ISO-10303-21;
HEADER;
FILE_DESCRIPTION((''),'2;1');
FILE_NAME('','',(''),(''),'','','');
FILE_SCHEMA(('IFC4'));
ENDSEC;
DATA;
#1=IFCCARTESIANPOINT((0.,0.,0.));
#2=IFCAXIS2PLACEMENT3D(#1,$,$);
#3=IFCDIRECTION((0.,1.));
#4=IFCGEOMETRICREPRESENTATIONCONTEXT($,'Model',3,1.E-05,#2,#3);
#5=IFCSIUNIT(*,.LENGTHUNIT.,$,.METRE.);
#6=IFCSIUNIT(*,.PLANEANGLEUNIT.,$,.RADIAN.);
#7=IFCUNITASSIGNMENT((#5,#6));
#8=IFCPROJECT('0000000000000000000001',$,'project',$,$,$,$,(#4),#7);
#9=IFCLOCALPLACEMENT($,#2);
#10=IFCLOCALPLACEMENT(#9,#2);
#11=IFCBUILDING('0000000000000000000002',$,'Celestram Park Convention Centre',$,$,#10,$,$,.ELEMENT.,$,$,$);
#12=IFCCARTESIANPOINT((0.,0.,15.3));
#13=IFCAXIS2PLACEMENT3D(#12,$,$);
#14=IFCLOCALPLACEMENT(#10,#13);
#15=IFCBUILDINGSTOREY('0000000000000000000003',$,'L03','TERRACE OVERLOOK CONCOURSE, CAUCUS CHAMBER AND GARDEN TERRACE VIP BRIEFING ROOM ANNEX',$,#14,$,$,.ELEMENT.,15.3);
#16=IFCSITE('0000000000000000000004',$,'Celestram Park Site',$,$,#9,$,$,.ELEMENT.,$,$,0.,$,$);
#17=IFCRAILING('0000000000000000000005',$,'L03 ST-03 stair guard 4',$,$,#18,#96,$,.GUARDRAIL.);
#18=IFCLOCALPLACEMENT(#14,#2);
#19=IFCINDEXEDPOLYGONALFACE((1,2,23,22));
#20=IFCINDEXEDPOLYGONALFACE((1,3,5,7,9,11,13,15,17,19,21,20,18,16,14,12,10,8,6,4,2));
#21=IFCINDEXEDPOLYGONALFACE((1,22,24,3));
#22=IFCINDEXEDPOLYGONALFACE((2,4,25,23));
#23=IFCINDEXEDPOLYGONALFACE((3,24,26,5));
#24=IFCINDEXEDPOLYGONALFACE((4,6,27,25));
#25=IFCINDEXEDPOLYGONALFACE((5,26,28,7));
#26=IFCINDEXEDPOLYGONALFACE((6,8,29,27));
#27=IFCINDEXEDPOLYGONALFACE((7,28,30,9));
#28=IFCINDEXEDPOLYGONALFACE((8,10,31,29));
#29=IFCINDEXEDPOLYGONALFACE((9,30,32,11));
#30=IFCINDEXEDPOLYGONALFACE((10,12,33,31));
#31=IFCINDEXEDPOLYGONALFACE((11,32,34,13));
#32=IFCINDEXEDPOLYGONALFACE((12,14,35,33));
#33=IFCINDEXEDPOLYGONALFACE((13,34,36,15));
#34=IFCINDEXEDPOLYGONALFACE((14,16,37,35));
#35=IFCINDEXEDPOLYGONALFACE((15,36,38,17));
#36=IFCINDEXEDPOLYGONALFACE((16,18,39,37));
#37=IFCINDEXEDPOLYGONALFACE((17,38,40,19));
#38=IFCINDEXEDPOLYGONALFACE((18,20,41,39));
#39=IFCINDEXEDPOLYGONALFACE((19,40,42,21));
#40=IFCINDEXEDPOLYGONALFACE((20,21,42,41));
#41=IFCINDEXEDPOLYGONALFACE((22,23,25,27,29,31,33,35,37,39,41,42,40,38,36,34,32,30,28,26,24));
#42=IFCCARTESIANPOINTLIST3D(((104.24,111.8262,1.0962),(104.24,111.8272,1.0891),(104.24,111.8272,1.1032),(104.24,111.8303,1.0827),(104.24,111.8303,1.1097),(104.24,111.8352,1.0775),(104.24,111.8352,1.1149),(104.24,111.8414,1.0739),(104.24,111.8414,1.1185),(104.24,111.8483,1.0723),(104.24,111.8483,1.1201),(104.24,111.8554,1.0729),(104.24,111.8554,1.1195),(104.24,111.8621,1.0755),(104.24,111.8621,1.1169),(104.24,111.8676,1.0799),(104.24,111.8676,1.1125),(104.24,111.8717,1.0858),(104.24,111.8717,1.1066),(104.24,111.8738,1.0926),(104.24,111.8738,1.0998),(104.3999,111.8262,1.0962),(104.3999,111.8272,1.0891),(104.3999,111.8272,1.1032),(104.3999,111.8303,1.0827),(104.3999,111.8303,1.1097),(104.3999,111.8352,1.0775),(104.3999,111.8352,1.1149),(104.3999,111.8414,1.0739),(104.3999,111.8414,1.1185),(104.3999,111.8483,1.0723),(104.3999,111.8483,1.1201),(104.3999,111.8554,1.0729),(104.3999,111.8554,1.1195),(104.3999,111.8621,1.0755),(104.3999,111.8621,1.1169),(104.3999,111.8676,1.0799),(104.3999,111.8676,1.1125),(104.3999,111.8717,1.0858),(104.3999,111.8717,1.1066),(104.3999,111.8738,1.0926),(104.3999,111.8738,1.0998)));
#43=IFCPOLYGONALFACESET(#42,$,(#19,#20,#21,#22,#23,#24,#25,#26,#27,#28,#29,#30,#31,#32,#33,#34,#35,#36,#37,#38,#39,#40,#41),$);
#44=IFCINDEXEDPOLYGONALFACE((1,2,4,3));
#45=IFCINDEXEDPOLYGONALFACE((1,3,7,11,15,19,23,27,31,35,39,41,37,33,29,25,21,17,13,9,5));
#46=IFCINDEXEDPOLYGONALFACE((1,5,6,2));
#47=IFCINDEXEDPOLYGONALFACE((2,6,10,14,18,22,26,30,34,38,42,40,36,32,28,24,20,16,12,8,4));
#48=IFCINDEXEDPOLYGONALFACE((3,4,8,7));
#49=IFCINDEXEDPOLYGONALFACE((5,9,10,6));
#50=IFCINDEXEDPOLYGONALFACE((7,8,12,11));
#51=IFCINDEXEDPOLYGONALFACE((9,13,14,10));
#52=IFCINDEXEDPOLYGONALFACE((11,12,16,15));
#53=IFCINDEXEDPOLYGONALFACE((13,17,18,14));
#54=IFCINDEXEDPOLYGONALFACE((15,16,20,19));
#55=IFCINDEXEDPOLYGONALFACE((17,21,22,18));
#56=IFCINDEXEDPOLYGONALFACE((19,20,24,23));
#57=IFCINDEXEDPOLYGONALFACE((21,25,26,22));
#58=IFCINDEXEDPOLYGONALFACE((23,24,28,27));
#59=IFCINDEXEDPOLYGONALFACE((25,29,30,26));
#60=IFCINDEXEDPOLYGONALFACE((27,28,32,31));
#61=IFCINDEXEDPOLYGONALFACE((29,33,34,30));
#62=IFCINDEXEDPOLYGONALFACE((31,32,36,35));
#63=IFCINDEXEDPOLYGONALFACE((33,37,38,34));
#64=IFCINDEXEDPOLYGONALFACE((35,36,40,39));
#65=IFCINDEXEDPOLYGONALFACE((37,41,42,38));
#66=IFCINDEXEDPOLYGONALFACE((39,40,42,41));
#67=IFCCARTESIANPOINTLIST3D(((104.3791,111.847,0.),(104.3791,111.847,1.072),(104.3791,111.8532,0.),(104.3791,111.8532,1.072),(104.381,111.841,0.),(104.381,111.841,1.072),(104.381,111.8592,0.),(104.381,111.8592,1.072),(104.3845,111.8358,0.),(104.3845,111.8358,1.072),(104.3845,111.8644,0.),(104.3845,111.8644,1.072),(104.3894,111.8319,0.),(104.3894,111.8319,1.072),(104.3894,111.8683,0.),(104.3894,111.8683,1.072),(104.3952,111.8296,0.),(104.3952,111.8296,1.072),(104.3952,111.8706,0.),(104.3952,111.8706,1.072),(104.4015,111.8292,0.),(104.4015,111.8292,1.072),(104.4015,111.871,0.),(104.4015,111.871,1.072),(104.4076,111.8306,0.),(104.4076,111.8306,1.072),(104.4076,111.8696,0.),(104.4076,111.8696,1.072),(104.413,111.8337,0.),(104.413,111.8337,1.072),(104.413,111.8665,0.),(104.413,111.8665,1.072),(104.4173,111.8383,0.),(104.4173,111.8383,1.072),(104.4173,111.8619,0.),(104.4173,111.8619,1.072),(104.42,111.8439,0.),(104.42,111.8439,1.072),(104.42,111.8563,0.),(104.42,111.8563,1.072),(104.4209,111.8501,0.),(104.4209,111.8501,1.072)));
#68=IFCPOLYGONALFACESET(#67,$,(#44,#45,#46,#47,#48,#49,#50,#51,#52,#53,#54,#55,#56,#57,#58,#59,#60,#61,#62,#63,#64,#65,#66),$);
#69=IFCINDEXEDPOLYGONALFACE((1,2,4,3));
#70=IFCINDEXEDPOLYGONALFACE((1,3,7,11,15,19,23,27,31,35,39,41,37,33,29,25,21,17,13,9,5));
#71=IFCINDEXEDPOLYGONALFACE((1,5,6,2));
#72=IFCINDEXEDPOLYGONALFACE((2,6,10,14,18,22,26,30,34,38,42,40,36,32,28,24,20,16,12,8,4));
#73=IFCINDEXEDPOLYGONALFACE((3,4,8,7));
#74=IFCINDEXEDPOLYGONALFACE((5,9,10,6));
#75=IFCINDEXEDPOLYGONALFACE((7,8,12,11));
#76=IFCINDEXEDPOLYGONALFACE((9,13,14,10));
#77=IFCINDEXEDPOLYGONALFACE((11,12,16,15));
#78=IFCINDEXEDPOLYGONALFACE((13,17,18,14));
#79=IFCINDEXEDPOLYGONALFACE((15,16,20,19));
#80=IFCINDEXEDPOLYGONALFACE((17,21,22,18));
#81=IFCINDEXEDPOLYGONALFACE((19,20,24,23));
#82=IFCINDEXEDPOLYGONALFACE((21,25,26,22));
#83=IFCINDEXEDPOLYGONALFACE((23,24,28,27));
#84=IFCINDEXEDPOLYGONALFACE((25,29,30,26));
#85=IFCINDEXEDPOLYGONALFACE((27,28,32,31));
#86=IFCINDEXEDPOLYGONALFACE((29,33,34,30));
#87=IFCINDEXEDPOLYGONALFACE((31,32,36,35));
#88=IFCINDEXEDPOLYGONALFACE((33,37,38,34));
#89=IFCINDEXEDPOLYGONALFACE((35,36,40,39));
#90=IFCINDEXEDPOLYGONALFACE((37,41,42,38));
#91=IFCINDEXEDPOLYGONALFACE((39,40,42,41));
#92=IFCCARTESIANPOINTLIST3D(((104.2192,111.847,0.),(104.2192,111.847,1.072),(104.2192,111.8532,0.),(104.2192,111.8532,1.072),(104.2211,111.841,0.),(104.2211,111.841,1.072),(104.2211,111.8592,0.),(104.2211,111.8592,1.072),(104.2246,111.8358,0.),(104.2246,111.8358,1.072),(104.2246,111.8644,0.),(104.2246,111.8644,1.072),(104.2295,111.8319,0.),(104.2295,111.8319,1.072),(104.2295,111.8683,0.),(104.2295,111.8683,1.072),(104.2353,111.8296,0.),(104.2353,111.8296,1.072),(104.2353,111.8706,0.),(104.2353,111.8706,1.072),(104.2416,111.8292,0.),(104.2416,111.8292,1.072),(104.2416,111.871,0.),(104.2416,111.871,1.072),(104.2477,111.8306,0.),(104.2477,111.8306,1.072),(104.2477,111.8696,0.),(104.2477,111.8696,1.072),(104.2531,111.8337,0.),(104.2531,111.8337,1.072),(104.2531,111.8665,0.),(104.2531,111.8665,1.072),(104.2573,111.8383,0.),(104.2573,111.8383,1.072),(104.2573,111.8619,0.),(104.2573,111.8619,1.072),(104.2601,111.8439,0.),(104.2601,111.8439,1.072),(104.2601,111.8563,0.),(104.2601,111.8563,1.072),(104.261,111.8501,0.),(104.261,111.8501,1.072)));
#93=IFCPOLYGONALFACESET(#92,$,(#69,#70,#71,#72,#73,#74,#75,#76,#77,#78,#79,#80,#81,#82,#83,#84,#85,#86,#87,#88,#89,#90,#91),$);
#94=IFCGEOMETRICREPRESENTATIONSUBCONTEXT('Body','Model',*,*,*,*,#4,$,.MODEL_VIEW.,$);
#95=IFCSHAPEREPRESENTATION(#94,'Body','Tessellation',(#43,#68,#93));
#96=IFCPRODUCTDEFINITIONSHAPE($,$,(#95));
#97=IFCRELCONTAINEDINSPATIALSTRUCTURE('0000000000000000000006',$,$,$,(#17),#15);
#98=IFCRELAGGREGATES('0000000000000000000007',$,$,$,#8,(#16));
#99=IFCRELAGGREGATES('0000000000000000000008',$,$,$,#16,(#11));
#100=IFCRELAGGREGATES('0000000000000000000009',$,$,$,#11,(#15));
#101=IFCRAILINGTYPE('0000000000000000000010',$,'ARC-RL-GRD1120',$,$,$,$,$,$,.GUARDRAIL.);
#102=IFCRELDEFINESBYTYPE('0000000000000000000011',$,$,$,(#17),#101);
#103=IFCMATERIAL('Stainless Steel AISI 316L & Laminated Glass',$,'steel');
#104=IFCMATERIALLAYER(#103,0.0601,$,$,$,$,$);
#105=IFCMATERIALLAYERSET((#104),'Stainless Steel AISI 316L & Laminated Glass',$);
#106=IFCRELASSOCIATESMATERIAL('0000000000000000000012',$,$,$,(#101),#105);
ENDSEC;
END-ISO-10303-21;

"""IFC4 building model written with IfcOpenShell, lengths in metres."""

from ifc_helpers import new_model, si_unit, direction, frame, origin, origin_2d, place, context, subcontext, project, spatial, circle, extrude, material, layer, layer_set, type_object, element, save


model = new_model("IFC4")

# Units and contexts
model_context = context("Model", 3, precision=1e-05, world=origin(), true_north=direction((0.0, 1.0)))
body_context = subcontext(model_context, "Body", "Model", "MODEL_VIEW")
ifc_project = project(units=[si_unit("LENGTHUNIT", "METRE"), si_unit("PLANEANGLEUNIT", "RADIAN")], contexts=[model_context])

# Site, building, storey
site_placement = place(None, origin())
site = spatial("IfcSite", under=ifc_project, at=site_placement, Name="Celestram Park Site", CompositionType="ELEMENT", RefElevation=0.0)
building_placement = place(site_placement, origin())
building = spatial("IfcBuilding", under=site, at=building_placement, Name="Celestram Park Convention Centre", CompositionType="ELEMENT")
storey_placement = place(building_placement, frame((0.0, 0.0, 15.3)))
storey = spatial("IfcBuildingStorey", under=building, at=storey_placement, Name="L03", Description="TERRACE OVERLOOK CONCOURSE, CAUCUS CHAMBER AND GARDEN TERRACE VIP BRIEFING ROOM ANNEX", CompositionType="ELEMENT", Elevation=15.3)

# Railing
ifc_material_1 = material(Name="Stainless Steel AISI 316L & Laminated Glass", Category="steel")
ifc_layer_1 = layer(ifc_material_1, 0.0601)
ifc_layer_set_1 = layer_set([ifc_layer_1], Name="Stainless Steel AISI 316L & Laminated Glass")
railing_type_1 = type_object("IfcRailingType", Name="ARC-RL-GRD1120", PredefinedType="GUARDRAIL", material=ifc_layer_set_1)
railing_1_placement = place(storey_placement, frame((104.3999, 111.8501, 0.0)))
element("IfcRailing", 1, at=railing_1_placement, inside=storey, type_object=railing_type_1, Name="L03 ST-03 stair guard 4", PredefinedType="GUARDRAIL", context=body_context, shape_type="SweptSolid", body=[
    extrude(circle(Radius=0.0239, at=origin_2d()), frame((0.0, 0.0, 1.0962), z_axis=(-1.0, 0.0, 0.0), x_axis=(0.0, -1.0, 0.0)), (0.0, 0.0, 1.0), 0.1599),
    extrude(circle(Radius=0.021, at=origin_2d()), origin(), (0.0, 0.0, 1.0), 1.072),
    extrude(circle(Radius=0.021, at=origin_2d()), frame((-0.1599, 0.0, 0.0)), (0.0, 0.0, 1.0), 1.072),
])

save(model, "model.ifc")
